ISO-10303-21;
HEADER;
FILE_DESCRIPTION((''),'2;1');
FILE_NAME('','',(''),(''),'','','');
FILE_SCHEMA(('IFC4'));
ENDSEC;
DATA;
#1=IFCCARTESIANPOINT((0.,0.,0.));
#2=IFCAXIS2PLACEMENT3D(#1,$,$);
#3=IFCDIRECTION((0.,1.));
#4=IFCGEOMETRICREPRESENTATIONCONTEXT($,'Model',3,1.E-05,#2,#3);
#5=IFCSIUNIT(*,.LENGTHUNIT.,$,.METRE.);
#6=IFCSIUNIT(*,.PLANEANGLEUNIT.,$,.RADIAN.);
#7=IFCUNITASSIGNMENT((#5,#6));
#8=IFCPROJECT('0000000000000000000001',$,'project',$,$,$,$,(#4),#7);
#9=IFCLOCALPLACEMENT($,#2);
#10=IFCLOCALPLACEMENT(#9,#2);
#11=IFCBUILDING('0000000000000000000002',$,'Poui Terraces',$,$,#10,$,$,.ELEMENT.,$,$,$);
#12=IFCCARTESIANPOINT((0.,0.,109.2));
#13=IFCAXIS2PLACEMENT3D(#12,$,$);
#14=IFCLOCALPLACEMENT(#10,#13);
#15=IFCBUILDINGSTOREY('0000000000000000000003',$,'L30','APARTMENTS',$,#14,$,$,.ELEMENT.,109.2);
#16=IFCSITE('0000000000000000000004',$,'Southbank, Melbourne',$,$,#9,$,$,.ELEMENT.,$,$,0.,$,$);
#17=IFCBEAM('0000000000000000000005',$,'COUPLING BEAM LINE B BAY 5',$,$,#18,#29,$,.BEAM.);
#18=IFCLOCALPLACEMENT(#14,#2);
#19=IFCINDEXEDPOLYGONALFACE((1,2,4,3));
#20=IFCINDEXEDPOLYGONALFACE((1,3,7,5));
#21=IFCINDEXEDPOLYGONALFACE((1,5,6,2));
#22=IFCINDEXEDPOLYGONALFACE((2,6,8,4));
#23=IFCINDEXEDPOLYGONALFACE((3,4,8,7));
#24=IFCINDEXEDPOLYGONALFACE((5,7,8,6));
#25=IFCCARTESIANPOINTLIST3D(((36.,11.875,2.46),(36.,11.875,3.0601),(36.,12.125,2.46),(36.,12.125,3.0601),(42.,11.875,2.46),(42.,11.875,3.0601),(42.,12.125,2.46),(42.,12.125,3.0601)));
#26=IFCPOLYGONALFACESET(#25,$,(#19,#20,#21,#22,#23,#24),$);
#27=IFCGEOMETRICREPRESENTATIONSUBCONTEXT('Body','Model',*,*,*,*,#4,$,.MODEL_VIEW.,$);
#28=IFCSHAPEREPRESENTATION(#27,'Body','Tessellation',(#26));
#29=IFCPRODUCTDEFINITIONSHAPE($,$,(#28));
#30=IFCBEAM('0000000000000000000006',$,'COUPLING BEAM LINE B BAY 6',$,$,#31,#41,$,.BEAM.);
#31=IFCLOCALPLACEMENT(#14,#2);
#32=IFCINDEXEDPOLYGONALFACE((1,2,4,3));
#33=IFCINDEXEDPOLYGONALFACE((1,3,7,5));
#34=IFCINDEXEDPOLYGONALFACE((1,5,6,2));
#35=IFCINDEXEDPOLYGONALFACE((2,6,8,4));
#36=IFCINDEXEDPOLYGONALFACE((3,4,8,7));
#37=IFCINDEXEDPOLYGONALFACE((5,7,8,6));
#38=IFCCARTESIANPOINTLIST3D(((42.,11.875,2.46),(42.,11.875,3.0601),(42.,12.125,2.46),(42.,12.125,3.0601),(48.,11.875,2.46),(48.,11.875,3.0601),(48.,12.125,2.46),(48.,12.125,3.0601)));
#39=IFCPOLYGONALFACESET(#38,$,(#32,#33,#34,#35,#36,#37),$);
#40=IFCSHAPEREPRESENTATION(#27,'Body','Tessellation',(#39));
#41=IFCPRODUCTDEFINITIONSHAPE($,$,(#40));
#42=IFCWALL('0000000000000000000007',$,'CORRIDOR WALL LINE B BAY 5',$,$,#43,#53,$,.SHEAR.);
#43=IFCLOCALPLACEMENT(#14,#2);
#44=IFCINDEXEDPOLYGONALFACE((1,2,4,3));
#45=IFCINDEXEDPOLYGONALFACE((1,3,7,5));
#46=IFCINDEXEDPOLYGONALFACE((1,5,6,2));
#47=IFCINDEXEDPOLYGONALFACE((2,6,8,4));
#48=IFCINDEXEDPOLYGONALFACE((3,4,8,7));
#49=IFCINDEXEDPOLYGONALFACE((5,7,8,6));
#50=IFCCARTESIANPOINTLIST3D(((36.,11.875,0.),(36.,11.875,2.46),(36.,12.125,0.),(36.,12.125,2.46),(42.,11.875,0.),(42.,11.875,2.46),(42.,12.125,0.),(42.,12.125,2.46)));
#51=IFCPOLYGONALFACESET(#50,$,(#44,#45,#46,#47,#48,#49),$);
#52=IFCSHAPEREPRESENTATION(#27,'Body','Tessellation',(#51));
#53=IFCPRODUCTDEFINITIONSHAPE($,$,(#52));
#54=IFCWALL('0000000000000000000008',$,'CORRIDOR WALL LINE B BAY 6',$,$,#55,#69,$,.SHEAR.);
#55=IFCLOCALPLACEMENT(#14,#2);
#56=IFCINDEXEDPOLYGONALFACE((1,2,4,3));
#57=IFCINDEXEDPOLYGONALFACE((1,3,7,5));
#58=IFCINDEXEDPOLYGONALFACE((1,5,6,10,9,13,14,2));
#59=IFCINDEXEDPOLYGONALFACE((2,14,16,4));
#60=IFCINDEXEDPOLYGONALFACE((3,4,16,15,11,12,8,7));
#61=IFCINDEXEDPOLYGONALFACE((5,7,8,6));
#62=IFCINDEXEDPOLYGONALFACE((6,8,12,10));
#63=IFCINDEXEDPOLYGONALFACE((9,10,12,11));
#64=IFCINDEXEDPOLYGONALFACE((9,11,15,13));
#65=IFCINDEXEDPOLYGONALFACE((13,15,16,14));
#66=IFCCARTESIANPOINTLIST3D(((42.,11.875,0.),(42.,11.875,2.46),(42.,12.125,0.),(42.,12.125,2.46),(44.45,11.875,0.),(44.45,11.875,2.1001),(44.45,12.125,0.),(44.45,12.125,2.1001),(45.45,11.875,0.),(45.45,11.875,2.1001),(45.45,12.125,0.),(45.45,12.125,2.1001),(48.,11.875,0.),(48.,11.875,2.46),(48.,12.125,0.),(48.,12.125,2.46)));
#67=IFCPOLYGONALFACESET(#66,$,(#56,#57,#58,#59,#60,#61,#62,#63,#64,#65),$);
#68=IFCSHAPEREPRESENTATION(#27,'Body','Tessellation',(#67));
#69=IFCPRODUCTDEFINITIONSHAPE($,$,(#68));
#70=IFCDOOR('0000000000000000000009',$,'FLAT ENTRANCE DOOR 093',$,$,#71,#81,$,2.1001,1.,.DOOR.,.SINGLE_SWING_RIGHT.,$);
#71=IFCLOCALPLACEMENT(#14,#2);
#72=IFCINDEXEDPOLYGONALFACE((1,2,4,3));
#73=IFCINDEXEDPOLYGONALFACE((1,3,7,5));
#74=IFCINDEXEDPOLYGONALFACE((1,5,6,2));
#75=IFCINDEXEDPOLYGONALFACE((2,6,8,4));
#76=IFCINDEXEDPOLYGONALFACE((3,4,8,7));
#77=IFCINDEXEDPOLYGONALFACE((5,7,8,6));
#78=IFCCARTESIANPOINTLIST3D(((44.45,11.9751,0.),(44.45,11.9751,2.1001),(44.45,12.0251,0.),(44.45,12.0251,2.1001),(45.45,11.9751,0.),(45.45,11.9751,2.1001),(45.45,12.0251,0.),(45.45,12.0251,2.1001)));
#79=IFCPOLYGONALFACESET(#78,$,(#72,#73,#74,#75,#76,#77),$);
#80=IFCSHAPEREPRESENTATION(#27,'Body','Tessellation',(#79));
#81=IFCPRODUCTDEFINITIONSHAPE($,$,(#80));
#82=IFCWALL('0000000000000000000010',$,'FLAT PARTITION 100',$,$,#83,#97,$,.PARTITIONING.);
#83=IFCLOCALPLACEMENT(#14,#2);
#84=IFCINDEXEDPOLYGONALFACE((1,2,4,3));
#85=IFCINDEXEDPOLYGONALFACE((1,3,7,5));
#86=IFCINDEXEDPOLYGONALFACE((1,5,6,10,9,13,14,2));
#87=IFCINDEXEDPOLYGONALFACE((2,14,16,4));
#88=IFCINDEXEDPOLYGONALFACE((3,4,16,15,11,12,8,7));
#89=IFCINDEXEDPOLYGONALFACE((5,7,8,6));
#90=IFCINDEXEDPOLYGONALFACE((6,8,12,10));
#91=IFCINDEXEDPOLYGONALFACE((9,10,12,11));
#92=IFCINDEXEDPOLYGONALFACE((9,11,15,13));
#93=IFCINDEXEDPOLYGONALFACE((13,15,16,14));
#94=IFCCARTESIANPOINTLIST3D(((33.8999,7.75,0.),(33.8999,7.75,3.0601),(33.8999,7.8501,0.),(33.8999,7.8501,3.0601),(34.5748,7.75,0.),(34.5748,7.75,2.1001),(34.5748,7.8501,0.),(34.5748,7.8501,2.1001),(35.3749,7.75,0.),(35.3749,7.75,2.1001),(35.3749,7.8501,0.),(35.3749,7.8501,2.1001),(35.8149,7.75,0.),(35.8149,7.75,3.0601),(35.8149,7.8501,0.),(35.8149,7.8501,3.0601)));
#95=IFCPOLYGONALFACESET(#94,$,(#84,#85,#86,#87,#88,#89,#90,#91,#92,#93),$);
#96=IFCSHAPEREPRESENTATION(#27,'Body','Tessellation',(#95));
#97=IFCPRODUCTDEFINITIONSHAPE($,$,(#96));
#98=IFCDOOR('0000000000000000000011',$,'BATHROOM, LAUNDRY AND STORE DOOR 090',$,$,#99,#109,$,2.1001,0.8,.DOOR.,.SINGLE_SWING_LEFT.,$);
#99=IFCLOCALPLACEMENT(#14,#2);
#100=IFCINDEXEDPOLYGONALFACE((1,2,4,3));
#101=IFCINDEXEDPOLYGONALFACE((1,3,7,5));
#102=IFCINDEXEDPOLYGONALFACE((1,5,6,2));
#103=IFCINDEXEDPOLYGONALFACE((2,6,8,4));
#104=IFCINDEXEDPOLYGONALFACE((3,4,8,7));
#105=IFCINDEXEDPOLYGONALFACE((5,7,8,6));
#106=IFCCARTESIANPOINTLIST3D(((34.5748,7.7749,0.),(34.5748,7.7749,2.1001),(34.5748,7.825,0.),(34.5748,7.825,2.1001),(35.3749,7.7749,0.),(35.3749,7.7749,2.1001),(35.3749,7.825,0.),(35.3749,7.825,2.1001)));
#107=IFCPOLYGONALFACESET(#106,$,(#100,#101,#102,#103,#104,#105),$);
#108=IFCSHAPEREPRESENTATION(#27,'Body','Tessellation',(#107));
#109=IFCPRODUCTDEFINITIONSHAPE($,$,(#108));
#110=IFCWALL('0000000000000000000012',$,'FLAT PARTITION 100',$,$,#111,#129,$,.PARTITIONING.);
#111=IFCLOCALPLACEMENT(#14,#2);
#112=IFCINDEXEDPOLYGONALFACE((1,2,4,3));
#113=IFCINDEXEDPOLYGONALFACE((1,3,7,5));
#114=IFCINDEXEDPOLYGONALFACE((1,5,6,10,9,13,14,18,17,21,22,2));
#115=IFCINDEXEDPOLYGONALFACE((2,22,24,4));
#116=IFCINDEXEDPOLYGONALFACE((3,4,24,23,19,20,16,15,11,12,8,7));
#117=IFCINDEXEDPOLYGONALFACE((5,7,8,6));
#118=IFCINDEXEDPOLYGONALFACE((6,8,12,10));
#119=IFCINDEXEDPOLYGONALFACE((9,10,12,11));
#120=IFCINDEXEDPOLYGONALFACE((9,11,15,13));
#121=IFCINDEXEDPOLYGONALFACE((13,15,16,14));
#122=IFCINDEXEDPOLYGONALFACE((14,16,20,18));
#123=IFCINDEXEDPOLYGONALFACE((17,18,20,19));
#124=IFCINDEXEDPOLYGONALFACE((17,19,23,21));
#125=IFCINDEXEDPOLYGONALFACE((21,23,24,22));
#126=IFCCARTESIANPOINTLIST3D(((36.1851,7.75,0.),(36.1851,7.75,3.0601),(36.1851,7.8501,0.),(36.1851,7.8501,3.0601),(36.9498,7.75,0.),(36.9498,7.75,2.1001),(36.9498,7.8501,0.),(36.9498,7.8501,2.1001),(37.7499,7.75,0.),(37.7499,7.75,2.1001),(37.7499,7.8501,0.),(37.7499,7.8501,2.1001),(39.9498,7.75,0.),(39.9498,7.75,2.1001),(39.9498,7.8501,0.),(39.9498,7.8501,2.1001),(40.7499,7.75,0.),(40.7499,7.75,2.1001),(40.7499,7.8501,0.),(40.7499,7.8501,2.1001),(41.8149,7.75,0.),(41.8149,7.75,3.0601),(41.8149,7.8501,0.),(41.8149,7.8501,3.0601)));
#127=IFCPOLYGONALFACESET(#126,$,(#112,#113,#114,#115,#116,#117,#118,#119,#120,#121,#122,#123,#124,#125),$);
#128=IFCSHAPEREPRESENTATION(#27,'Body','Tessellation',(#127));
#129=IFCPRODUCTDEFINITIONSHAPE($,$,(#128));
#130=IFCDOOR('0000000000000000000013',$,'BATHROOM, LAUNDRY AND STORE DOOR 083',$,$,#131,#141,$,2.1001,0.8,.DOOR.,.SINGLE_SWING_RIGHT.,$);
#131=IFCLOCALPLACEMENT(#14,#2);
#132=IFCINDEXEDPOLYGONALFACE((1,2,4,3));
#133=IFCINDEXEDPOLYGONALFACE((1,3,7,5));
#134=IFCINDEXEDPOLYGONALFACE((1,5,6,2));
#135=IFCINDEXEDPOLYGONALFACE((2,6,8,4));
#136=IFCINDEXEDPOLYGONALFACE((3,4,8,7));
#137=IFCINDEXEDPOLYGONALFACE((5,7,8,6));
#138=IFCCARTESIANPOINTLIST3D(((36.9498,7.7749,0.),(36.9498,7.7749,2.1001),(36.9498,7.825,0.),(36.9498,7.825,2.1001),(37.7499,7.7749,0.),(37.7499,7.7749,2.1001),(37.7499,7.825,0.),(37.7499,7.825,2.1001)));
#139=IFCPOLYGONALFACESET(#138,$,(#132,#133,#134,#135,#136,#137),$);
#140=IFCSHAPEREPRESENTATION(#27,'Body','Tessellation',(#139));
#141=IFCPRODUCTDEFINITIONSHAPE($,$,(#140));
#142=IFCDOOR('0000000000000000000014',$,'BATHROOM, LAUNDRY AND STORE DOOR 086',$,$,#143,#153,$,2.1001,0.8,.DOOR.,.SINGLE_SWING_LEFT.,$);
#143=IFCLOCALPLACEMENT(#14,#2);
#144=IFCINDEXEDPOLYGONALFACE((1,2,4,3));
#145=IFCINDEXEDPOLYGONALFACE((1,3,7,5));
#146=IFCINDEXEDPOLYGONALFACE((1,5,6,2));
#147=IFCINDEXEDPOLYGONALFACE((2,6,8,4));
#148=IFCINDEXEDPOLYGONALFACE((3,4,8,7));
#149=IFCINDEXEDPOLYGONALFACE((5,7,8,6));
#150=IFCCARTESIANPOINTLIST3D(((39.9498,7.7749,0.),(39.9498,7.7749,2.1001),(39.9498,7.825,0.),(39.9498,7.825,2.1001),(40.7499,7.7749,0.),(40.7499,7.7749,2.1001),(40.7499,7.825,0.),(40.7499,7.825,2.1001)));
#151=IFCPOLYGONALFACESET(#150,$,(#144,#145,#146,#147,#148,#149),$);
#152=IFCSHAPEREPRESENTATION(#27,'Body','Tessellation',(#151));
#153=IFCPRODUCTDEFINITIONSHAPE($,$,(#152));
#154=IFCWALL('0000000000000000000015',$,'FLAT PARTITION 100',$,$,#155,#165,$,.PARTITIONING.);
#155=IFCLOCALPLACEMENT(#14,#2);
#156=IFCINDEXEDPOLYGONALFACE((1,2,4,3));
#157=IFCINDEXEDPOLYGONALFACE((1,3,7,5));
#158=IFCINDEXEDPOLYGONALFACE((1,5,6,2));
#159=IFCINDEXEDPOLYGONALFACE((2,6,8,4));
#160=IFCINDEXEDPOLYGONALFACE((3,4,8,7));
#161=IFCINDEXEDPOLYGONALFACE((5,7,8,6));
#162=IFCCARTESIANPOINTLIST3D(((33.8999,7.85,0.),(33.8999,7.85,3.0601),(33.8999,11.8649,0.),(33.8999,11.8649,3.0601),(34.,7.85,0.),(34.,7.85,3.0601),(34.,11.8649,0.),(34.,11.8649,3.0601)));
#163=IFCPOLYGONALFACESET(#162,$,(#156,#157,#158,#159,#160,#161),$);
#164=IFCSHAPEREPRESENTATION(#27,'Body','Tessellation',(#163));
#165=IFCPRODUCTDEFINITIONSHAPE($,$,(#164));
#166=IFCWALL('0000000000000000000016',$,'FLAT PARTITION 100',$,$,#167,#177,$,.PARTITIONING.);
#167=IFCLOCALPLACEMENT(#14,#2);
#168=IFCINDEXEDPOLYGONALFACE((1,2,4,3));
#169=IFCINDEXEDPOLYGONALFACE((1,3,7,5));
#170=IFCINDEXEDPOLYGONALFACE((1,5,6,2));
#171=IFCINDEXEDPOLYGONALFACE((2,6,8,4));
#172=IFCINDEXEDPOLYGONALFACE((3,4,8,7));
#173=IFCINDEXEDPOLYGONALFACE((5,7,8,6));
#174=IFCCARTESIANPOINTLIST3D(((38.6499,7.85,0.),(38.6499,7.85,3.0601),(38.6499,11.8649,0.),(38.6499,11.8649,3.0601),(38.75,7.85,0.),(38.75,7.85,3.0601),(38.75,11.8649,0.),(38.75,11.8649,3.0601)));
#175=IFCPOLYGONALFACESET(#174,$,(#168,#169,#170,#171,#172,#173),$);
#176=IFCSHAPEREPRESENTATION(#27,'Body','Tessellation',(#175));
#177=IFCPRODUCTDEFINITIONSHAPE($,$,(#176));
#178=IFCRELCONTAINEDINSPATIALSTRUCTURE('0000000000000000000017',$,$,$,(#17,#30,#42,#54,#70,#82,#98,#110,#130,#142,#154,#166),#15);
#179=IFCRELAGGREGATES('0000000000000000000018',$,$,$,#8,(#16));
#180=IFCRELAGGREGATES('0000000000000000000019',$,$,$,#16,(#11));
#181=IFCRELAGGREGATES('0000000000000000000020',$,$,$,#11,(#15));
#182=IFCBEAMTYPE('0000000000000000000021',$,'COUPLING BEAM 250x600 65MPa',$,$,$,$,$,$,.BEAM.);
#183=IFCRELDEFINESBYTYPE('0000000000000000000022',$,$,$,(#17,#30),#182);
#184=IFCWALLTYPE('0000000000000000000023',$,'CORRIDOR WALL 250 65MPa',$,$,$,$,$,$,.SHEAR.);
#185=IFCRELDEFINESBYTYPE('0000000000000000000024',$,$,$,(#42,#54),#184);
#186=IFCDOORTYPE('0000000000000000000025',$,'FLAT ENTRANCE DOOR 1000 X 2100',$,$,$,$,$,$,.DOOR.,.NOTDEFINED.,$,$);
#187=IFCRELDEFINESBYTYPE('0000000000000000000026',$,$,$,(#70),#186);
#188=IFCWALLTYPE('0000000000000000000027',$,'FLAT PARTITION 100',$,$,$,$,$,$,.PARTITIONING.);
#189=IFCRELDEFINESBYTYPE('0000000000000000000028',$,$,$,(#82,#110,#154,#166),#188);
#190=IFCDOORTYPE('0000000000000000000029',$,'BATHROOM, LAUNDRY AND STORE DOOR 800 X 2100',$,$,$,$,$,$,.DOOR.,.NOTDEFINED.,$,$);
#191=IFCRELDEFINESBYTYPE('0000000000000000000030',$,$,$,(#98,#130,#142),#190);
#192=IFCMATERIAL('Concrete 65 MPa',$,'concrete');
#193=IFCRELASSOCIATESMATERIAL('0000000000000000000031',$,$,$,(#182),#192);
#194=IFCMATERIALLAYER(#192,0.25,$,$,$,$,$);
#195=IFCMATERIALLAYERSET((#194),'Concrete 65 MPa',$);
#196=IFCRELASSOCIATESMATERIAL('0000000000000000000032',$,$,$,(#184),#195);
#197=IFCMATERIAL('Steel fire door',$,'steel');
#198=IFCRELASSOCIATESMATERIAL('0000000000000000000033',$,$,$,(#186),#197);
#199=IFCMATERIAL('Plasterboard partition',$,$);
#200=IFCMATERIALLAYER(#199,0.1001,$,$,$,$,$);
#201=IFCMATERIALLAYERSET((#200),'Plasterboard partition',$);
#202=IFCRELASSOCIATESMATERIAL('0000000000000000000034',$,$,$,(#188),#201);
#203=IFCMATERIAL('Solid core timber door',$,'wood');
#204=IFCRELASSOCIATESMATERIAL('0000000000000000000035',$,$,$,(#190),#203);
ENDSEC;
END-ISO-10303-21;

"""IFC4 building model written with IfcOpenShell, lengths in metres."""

from ifc_helpers import new_model, si_unit, direction, frame, frame_2d, origin, origin_2d, place, context, subcontext, project, spatial, rectangle, extrude, source, transform, mapped, material, layer, layer_set, material_profile, profile_set, type_object, element, fill, save


model = new_model("IFC4")

# Units and contexts
model_context = context("Model", 3, precision=1e-05, world=origin(), true_north=direction((0.0, 1.0)))
body_context = subcontext(model_context, "Body", "Model", "MODEL_VIEW")
ifc_project = project(units=[si_unit("LENGTHUNIT", "METRE"), si_unit("PLANEANGLEUNIT", "RADIAN")], contexts=[model_context])

# Site, building, storey
site_placement = place(None, origin())
site = spatial("IfcSite", under=ifc_project, at=site_placement, Name="Southbank, Melbourne", CompositionType="ELEMENT", RefElevation=0.0)
building_placement = place(site_placement, origin())
building = spatial("IfcBuilding", under=site, at=building_placement, Name="Poui Terraces", CompositionType="ELEMENT")
storey_placement = place(building_placement, frame((0.0, 0.0, 109.2)))
storey = spatial("IfcBuildingStorey", under=building, at=storey_placement, Name="L30", Description="APARTMENTS", CompositionType="ELEMENT", Elevation=109.2)

# Beams
ifc_material_1 = material(Name="Concrete 65 MPa", Category="concrete")
ifc_material_profile = material_profile(ifc_material_1, rectangle(XDim=0.25, YDim=0.6001, at=origin_2d()), Name="RC 250x600")
ifc_profile_set = profile_set([ifc_material_profile], Name="Concrete 65 MPa")
beam_type = type_object("IfcBeamType", Name="COUPLING BEAM 250x600 65MPa", PredefinedType="BEAM", material=ifc_profile_set)
shared_shape = source(origin(), body_context, "Body", "SweptSolid", [
    extrude(rectangle(XDim=0.25, YDim=0.6001, at=origin_2d()), origin(), (0.0, 0.0, 1.0), 6.0),
])
for number, where, z_axis, x_axis, name in (
    (1, (36.0, 12.0, 2.76), (1.0, 0.0, 0.0), (0.0, 1.0, 0.0), "COUPLING BEAM LINE B BAY 5"),
    (2, (42.0, 12.0, 2.76), (1.0, 0.0, 0.0), (0.0, 1.0, 0.0), "COUPLING BEAM LINE B BAY 6"),
):
    element("IfcBeam", number, at=place(storey_placement, frame(where, z_axis=z_axis, x_axis=x_axis)), inside=storey, type_object=beam_type, Name=name, PredefinedType="BEAM", context=body_context, shape_type="MappedRepresentation", body=[
        mapped(shared_shape, transform((0.0, 0.0, 0.0))),
    ])

# Wall
ifc_layer_1 = layer(ifc_material_1, 0.25)
ifc_layer_set_1 = layer_set([ifc_layer_1], Name="Concrete 65 MPa")
wall_type_1 = type_object("IfcWallType", Name="CORRIDOR WALL 250 65MPa", PredefinedType="SHEAR", material=ifc_layer_set_1)
wall_1_placement = place(storey_placement, frame((36.0, 12.0, 0.0), z_axis=(0.0, 0.0, 1.0), x_axis=(1.0, 0.0, 0.0)))
element("IfcWall", 3, at=wall_1_placement, inside=storey, type_object=wall_type_1, Name="CORRIDOR WALL LINE B BAY 5", PredefinedType="SHEAR", context=body_context, shape_type="SweptSolid", body=[
    extrude(rectangle(XDim=6.0, YDim=0.25, at=frame_2d((3.0, 0.0))), origin(), (0.0, 0.0, 1.0), 2.46),
])

# Walls, openings, doors
wall_2_placement = place(storey_placement, frame((42.0, 12.0, 0.0), z_axis=(0.0, 0.0, 1.0), x_axis=(1.0, 0.0, 0.0)))
wall_2 = element("IfcWall", 4, at=wall_2_placement, inside=storey, type_object=wall_type_1, Name="CORRIDOR WALL LINE B BAY 6", PredefinedType="SHEAR", context=body_context, shape_type="SweptSolid", body=[
    extrude(rectangle(XDim=6.0, YDim=0.25, at=frame_2d((3.0, 0.0))), origin(), (0.0, 0.0, 1.0), 2.46),
])
opening_1_placement = place(wall_2_placement, frame((2.45, 0.0, 0.0)))
opening_1 = element("IfcOpeningElement", 5, at=opening_1_placement, cuts=wall_2, PredefinedType="OPENING", context=body_context, shape_type="SweptSolid", body=[
    extrude(rectangle(XDim=1.0, YDim=2.1001, at=frame_2d((0.5, 1.05))), frame((0.0, 0.135, 0.0), z_axis=(0.0, -1.0, 0.0), x_axis=(1.0, 0.0, 0.0)), (0.0, 0.0, 1.0), 0.27),
])
ifc_material_2 = material(Name="Steel fire door", Category="steel")
door_type_1 = type_object("IfcDoorType", Name="FLAT ENTRANCE DOOR 1000 X 2100", OperationType="NOTDEFINED", PredefinedType="DOOR", material=ifc_material_2)
door_1_placement = place(opening_1_placement, frame((1.0, 0.0, 0.0), z_axis=(0.0, 0.0, 1.0), x_axis=(-1.0, 0.0, 0.0)))
door_1 = element("IfcDoor", 6, at=door_1_placement, inside=storey, type_object=door_type_1, Name="FLAT ENTRANCE DOOR 093", OperationType="SINGLE_SWING_RIGHT", OverallHeight=2.1001, OverallWidth=1.0, PredefinedType="DOOR", context=body_context, shape_type="SweptSolid", body=[
    extrude(rectangle(XDim=1.0, YDim=2.1001, at=frame_2d((0.5, 1.05))), frame((0.0, 0.0249, 0.0), z_axis=(0.0, -1.0, 0.0), x_axis=(1.0, 0.0, 0.0)), (0.0, 0.0, 1.0), 0.05),
])
fill(opening_1, door_1)
ifc_material_3 = material(Name="Plasterboard partition")
ifc_layer_2 = layer(ifc_material_3, 0.1001)
ifc_layer_set_2 = layer_set([ifc_layer_2], Name="Plasterboard partition")
wall_type_2 = type_object("IfcWallType", Name="FLAT PARTITION 100", PredefinedType="PARTITIONING", material=ifc_layer_set_2)
wall_3_placement = place(storey_placement, frame((33.8999, 7.8, 0.0), z_axis=(0.0, 0.0, 1.0), x_axis=(1.0, 0.0, 0.0)))
wall_3 = element("IfcWall", 7, at=wall_3_placement, inside=storey, type_object=wall_type_2, Name="FLAT PARTITION 100", PredefinedType="PARTITIONING", context=body_context, shape_type="SweptSolid", body=[
    extrude(rectangle(XDim=1.915, YDim=0.1001, at=frame_2d((0.9575, 0.0))), origin(), (0.0, 0.0, 1.0), 3.0601),
])
opening_2_placement = place(wall_3_placement, frame((0.675, 0.0, 0.0)))
opening_2 = element("IfcOpeningElement", 8, at=opening_2_placement, cuts=wall_3, PredefinedType="OPENING", context=body_context, shape_type="SweptSolid", body=[
    extrude(rectangle(XDim=0.8, YDim=2.1001, at=frame_2d((0.3999, 1.05))), frame((0.0, 0.0601, 0.0), z_axis=(0.0, -1.0, 0.0), x_axis=(1.0, 0.0, 0.0)), (0.0, 0.0, 1.0), 0.1201),
])
ifc_material_4 = material(Name="Solid core timber door", Category="wood")
door_type_2 = type_object("IfcDoorType", Name="BATHROOM, LAUNDRY AND STORE DOOR 800 X 2100", OperationType="NOTDEFINED", PredefinedType="DOOR", material=ifc_material_4)
door_2_placement = place(opening_2_placement, origin())
door_2 = element("IfcDoor", 9, at=door_2_placement, inside=storey, type_object=door_type_2, Name="BATHROOM, LAUNDRY AND STORE DOOR 090", OperationType="SINGLE_SWING_LEFT", OverallHeight=2.1001, OverallWidth=0.8, PredefinedType="DOOR", context=body_context, shape_type="SweptSolid", body=[
    extrude(rectangle(XDim=0.8, YDim=2.1001, at=frame_2d((0.3999, 1.05))), frame((0.0, 0.0249, 0.0), z_axis=(0.0, -1.0, 0.0), x_axis=(1.0, 0.0, 0.0)), (0.0, 0.0, 1.0), 0.05),
])
fill(opening_2, door_2)

# Wall, openings, doors
wall_4_placement = place(storey_placement, frame((36.1851, 7.8, 0.0), z_axis=(0.0, 0.0, 1.0), x_axis=(1.0, 0.0, 0.0)))
wall_4 = element("IfcWall", 10, at=wall_4_placement, inside=storey, type_object=wall_type_2, Name="FLAT PARTITION 100", PredefinedType="PARTITIONING", context=body_context, shape_type="SweptSolid", body=[
    extrude(rectangle(XDim=5.6299, YDim=0.1001, at=frame_2d((2.8149, 0.0))), origin(), (0.0, 0.0, 1.0), 3.0601),
])
opening_3_placement = place(wall_4_placement, frame((0.7649, 0.0, 0.0)))
opening_3 = element("IfcOpeningElement", 11, at=opening_3_placement, cuts=wall_4, PredefinedType="OPENING", context=body_context, shape_type="SweptSolid", body=[
    extrude(rectangle(XDim=0.8, YDim=2.1001, at=frame_2d((0.3999, 1.05))), frame((0.0, 0.0601, 0.0), z_axis=(0.0, -1.0, 0.0), x_axis=(1.0, 0.0, 0.0)), (0.0, 0.0, 1.0), 0.1201),
])
opening_4_placement = place(wall_4_placement, frame((3.7649, 0.0, 0.0)))
opening_4 = element("IfcOpeningElement", 12, at=opening_4_placement, cuts=wall_4, PredefinedType="OPENING", context=body_context, shape_type="SweptSolid", body=[
    extrude(rectangle(XDim=0.8, YDim=2.1001, at=frame_2d((0.3999, 1.05))), frame((0.0, 0.0601, 0.0), z_axis=(0.0, -1.0, 0.0), x_axis=(1.0, 0.0, 0.0)), (0.0, 0.0, 1.0), 0.1201),
])
door_3_placement = place(opening_3_placement, origin())
door_3 = element("IfcDoor", 13, at=door_3_placement, inside=storey, type_object=door_type_2, Name="BATHROOM, LAUNDRY AND STORE DOOR 083", OperationType="SINGLE_SWING_RIGHT", OverallHeight=2.1001, OverallWidth=0.8, PredefinedType="DOOR", context=body_context, shape_type="SweptSolid", body=[
    extrude(rectangle(XDim=0.8, YDim=2.1001, at=frame_2d((0.3999, 1.05))), frame((0.0, 0.0249, 0.0), z_axis=(0.0, -1.0, 0.0), x_axis=(1.0, 0.0, 0.0)), (0.0, 0.0, 1.0), 0.05),
])
fill(opening_3, door_3)
door_4_placement = place(opening_4_placement, origin())
door_4 = element("IfcDoor", 14, at=door_4_placement, inside=storey, type_object=door_type_2, Name="BATHROOM, LAUNDRY AND STORE DOOR 086", OperationType="SINGLE_SWING_LEFT", OverallHeight=2.1001, OverallWidth=0.8, PredefinedType="DOOR", context=body_context, shape_type="SweptSolid", body=[
    extrude(rectangle(XDim=0.8, YDim=2.1001, at=frame_2d((0.3999, 1.05))), frame((0.0, 0.0249, 0.0), z_axis=(0.0, -1.0, 0.0), x_axis=(1.0, 0.0, 0.0)), (0.0, 0.0, 1.0), 0.05),
])
fill(opening_4, door_4)

# Walls
for number, where, z_axis, x_axis, name in (
    (15, (33.95, 7.8501, 0.0), (0.0, 0.0, 1.0), (0.0, 1.0, 0.0), "FLAT PARTITION 100"),
    (16, (38.7, 7.8501, 0.0), (0.0, 0.0, 1.0), (0.0, 1.0, 0.0), "FLAT PARTITION 100"),
):
    element("IfcWall", number, at=place(storey_placement, frame(where, z_axis=z_axis, x_axis=x_axis)), inside=storey, type_object=wall_type_2, Name=name, PredefinedType="PARTITIONING", context=body_context, shape_type="SweptSolid", body=[
        extrude(rectangle(XDim=4.0149, YDim=0.1001, at=frame_2d((2.0073, 0.0))), origin(), (0.0, 0.0, 1.0), 3.0601),
    ])

save(model, "model.ifc")
